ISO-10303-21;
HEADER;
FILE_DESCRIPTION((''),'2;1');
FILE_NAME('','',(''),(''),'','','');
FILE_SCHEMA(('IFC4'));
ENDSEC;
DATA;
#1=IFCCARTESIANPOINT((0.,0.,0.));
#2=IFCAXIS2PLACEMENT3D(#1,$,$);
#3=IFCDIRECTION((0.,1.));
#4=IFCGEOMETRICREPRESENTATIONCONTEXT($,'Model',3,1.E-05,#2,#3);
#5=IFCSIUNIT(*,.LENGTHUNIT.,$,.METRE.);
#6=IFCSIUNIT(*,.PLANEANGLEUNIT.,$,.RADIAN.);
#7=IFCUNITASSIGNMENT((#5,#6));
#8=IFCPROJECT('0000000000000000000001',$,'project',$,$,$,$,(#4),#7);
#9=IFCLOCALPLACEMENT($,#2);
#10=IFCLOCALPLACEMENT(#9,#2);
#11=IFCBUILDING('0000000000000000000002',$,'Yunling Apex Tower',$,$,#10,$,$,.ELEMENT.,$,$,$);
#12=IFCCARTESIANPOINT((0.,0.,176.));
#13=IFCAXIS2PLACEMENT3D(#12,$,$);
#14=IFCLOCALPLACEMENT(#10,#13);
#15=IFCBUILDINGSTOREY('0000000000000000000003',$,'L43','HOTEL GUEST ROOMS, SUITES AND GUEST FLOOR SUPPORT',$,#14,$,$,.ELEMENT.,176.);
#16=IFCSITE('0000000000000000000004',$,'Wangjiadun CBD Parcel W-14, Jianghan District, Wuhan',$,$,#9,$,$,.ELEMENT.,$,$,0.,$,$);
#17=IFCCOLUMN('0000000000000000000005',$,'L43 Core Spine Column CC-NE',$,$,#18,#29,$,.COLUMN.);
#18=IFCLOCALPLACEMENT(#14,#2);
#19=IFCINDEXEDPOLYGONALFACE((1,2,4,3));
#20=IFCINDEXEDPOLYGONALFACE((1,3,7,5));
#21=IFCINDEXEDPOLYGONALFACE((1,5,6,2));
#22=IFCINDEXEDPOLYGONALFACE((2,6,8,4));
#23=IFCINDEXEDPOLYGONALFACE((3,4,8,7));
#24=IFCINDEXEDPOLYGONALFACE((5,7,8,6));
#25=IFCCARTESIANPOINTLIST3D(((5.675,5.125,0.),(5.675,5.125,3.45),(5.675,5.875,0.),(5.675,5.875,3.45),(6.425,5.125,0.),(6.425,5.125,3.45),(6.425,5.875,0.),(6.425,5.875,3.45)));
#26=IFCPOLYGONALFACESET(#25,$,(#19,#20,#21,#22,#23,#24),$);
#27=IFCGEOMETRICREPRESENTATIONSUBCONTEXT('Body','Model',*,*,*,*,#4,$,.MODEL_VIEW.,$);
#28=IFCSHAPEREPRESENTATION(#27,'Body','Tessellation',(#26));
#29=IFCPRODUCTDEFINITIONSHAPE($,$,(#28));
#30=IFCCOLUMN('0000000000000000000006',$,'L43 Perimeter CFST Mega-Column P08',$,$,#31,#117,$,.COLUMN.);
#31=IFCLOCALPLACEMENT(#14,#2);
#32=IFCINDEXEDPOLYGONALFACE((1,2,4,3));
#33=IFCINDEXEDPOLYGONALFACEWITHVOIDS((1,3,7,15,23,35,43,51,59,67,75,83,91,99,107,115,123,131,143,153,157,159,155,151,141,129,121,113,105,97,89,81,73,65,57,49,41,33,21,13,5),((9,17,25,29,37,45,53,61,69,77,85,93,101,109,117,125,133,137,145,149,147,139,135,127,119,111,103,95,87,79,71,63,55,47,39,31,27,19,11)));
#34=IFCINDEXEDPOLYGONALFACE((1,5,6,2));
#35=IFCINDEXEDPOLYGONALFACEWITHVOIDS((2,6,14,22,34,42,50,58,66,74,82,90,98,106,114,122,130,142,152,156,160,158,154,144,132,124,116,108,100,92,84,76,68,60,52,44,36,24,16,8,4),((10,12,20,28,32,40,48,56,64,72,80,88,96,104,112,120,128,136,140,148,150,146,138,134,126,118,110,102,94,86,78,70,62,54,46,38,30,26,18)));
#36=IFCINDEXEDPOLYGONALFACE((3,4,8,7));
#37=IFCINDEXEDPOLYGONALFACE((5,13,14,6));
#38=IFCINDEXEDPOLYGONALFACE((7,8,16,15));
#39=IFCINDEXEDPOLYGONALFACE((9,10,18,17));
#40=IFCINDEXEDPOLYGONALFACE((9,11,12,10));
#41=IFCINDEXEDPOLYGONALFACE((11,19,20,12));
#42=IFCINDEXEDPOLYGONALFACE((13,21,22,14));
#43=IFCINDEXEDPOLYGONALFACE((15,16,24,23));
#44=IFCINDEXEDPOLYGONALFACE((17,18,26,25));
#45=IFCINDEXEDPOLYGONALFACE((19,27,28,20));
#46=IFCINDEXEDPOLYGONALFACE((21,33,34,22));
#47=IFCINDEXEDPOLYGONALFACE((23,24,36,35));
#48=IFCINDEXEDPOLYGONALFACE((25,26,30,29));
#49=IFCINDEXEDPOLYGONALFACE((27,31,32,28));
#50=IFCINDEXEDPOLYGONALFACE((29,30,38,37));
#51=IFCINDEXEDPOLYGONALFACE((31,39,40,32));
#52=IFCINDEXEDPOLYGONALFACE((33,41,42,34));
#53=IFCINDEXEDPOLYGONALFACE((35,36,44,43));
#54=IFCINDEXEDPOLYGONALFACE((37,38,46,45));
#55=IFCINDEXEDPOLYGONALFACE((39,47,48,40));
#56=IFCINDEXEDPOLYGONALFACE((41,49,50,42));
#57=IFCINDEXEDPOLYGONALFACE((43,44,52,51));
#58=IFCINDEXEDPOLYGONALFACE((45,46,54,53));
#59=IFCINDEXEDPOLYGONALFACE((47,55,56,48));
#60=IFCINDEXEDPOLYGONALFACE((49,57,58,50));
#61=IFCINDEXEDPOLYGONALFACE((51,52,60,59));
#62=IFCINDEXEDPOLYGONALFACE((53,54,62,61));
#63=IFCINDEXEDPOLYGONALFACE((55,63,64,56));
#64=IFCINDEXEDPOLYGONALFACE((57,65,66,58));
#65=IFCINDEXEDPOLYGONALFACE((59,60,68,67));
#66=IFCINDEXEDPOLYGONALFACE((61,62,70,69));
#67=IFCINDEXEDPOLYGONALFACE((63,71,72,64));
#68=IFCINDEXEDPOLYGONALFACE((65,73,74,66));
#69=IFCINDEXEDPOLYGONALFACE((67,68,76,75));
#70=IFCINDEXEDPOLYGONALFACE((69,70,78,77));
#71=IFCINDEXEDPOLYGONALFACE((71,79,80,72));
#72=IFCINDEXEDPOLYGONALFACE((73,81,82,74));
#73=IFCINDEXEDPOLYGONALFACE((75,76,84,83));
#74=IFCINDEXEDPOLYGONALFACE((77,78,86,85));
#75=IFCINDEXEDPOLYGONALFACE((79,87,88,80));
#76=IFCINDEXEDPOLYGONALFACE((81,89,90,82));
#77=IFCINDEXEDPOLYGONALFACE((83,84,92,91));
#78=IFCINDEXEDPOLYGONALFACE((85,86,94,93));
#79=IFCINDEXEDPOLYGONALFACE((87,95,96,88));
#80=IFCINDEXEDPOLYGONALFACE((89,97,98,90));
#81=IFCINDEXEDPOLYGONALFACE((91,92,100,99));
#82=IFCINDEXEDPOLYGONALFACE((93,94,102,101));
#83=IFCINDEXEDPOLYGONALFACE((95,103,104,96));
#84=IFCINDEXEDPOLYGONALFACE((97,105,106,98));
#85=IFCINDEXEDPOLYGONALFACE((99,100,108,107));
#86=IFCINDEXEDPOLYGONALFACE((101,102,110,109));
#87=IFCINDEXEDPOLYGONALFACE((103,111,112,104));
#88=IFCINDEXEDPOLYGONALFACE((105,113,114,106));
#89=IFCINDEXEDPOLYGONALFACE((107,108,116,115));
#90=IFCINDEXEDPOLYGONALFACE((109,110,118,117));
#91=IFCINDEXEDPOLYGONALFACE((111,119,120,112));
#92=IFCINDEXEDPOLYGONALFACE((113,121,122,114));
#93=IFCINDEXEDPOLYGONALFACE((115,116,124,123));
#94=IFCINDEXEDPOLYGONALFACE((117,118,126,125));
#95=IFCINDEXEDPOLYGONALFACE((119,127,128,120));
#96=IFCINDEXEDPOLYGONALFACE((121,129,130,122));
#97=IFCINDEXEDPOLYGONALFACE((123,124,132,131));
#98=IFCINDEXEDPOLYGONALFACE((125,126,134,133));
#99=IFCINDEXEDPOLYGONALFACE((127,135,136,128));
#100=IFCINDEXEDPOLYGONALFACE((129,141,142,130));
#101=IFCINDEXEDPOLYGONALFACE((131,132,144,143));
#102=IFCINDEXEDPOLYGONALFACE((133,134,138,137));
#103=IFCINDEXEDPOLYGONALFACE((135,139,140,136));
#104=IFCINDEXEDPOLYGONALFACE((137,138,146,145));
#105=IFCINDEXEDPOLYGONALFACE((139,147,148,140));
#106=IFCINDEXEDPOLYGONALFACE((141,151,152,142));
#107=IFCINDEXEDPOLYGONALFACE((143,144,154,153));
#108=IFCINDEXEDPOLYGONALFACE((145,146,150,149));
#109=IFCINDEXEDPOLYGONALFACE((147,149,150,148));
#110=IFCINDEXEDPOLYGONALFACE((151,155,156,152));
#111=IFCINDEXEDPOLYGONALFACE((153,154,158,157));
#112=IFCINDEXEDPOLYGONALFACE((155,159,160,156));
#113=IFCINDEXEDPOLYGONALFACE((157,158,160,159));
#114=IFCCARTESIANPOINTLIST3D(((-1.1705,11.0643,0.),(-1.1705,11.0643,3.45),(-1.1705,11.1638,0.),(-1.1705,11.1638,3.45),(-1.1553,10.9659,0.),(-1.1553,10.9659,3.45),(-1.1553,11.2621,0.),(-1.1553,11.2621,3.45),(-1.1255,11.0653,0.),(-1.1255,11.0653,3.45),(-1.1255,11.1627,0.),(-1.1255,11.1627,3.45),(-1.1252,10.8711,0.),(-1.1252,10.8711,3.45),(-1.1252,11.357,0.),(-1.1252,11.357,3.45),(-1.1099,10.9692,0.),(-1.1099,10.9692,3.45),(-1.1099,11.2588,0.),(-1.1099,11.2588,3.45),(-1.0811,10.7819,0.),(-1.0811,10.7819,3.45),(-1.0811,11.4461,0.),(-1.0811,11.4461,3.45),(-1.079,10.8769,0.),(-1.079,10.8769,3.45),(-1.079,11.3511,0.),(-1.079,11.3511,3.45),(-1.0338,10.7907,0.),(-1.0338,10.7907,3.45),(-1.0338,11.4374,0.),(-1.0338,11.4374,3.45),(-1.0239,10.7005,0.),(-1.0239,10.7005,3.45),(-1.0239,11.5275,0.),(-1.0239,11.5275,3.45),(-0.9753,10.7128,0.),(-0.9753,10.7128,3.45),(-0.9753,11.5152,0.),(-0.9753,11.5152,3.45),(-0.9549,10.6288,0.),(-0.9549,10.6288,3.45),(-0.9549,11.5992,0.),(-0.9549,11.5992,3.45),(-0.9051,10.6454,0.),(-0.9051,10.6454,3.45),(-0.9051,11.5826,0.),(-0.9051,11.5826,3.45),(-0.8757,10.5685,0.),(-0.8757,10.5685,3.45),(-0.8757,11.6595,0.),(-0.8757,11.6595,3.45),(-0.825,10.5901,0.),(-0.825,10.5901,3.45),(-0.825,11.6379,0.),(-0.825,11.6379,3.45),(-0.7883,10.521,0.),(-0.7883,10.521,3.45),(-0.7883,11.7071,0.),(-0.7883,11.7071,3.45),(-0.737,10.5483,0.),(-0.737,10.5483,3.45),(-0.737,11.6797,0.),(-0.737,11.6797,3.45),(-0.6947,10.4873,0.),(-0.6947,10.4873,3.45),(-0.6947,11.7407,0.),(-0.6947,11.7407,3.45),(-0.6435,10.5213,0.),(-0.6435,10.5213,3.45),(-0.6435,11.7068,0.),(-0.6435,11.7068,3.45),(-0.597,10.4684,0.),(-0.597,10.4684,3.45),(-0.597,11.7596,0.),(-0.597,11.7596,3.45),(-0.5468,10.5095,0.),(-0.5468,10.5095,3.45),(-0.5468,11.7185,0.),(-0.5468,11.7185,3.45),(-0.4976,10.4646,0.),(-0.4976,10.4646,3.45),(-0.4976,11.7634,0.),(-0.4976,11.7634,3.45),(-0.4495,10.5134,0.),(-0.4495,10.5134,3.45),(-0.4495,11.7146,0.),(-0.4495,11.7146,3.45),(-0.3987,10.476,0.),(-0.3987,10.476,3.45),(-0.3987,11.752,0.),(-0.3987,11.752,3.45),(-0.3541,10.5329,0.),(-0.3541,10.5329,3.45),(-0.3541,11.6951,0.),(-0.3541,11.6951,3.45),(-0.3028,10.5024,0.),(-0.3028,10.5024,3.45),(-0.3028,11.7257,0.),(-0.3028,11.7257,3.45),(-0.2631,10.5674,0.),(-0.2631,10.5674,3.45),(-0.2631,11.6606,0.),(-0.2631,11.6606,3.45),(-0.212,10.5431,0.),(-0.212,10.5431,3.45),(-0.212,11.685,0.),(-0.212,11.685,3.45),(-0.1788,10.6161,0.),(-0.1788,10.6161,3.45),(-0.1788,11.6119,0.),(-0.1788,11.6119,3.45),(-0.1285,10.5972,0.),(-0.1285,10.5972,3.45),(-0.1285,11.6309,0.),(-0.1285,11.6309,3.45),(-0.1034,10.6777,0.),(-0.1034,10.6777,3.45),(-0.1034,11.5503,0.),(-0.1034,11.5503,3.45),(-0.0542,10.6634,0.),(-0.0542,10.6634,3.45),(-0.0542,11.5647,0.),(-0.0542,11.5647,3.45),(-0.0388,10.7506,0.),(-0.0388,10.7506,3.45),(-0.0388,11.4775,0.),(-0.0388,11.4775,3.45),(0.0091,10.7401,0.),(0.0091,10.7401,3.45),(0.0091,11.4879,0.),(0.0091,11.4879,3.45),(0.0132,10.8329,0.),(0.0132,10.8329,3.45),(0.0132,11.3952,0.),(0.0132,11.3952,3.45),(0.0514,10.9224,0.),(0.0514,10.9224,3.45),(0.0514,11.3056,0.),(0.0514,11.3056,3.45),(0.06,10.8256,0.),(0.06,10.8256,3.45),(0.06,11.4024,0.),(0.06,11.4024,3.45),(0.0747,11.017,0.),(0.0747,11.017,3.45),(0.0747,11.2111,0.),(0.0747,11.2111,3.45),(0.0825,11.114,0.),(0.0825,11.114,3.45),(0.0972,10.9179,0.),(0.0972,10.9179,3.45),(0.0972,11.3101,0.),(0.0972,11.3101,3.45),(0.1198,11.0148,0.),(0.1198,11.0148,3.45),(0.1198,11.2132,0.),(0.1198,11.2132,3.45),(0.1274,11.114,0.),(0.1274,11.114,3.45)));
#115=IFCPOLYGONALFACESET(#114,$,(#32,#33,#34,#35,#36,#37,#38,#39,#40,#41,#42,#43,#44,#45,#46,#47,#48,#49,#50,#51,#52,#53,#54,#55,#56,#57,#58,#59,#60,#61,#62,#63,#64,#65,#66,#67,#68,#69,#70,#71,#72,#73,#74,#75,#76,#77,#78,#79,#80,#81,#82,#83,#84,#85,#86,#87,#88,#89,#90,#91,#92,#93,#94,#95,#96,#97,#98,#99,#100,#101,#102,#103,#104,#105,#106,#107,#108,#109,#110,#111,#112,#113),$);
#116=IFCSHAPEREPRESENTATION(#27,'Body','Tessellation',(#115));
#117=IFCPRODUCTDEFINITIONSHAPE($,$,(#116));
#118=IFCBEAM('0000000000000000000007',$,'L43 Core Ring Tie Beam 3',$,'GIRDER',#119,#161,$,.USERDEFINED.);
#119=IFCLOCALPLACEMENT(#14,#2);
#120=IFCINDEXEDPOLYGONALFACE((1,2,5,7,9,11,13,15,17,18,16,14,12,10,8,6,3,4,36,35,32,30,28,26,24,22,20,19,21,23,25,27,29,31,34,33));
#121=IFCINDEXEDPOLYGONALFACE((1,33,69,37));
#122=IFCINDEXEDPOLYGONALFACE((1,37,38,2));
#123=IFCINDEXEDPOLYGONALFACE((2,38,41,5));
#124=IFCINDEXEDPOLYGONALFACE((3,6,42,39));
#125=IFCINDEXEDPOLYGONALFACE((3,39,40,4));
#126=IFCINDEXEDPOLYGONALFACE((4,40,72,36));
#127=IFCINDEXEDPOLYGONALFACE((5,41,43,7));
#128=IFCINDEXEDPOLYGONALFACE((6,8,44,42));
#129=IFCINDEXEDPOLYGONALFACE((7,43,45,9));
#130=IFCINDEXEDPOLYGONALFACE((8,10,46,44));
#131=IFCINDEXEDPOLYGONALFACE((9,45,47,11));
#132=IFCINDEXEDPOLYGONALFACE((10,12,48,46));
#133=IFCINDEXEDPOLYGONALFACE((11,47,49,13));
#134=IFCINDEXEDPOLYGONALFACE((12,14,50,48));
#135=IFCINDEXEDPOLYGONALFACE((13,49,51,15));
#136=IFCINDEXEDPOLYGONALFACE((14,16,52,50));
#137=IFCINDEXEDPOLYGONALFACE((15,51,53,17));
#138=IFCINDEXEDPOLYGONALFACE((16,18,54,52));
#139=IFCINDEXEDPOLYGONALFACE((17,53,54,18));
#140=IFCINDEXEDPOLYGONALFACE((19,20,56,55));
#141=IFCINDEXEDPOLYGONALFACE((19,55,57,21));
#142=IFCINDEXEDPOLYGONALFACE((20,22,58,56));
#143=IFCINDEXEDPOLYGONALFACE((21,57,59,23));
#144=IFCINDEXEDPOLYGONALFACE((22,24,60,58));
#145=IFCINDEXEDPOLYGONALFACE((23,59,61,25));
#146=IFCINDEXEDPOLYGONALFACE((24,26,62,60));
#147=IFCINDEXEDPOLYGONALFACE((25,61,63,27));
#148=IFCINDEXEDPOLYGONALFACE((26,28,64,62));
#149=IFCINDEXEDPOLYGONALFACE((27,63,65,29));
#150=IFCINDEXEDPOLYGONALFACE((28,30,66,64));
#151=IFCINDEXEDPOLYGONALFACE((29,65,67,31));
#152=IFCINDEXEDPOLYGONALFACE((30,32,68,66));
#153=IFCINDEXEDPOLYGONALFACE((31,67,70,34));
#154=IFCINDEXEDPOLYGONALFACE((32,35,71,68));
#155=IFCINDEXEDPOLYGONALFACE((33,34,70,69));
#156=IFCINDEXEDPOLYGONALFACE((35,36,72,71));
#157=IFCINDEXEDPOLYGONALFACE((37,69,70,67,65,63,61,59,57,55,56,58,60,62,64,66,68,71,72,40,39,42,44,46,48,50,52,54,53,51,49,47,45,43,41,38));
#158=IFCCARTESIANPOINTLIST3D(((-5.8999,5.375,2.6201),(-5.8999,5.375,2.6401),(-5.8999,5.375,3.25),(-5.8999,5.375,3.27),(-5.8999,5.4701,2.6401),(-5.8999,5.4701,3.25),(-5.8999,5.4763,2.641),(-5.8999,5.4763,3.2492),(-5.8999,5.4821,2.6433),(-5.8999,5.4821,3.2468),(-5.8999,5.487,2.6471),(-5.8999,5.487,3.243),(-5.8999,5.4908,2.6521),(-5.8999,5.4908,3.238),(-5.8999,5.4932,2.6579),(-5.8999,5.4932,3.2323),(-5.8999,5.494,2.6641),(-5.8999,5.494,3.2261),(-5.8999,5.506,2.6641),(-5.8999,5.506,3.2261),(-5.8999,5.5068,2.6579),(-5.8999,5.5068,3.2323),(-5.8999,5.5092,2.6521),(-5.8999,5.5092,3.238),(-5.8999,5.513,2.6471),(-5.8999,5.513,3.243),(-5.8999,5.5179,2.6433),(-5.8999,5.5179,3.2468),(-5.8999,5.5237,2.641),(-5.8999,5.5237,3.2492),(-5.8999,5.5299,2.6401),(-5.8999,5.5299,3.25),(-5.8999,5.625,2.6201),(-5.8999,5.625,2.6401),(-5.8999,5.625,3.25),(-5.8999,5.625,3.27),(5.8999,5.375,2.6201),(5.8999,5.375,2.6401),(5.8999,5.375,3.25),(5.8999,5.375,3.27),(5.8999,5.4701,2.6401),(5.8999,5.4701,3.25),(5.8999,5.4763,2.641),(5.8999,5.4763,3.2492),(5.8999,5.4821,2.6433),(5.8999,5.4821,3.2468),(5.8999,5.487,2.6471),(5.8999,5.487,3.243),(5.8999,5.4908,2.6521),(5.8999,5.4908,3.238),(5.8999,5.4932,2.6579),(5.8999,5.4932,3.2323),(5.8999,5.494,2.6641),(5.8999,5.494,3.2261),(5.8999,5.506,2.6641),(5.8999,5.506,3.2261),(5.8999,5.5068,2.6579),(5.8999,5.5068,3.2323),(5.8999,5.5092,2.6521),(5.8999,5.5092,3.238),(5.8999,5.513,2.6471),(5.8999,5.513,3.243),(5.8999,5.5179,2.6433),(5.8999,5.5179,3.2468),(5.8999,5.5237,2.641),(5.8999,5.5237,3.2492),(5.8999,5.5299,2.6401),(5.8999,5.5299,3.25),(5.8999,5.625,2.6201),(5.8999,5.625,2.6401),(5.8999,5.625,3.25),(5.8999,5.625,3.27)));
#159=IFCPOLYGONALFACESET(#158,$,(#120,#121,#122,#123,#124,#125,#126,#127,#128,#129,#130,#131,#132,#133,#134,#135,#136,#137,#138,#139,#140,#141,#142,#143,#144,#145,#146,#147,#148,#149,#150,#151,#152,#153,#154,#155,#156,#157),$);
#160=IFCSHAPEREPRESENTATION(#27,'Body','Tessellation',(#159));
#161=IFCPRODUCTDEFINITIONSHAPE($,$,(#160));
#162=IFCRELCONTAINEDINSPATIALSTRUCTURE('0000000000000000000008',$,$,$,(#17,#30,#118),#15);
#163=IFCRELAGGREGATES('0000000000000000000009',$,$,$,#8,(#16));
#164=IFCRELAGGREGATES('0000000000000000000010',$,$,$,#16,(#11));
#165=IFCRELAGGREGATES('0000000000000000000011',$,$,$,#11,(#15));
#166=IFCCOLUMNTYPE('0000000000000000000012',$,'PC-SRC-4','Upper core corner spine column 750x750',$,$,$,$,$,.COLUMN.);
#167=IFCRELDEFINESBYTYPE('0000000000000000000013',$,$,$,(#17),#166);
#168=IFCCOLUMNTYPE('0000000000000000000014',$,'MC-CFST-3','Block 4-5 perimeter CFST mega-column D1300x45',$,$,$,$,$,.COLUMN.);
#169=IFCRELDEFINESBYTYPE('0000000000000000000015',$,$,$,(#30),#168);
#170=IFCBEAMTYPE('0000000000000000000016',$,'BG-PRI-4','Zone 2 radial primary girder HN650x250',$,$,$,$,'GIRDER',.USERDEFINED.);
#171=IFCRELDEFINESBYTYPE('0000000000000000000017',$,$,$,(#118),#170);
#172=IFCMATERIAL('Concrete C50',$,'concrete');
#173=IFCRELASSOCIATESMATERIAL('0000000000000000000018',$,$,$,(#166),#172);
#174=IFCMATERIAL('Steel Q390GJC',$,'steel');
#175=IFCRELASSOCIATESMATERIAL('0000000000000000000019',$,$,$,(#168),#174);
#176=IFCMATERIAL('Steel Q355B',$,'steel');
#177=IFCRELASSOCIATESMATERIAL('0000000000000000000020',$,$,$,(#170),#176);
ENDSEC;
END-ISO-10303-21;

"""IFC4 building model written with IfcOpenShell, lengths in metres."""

from ifc_helpers import new_model, si_unit, direction, frame, origin, origin_2d, place, context, subcontext, project, spatial, rectangle, hollow_circle, i_section, extrude, source, transform, mapped, material, material_profile, profile_set, type_object, element, save


model = new_model("IFC4")

# Units and contexts
model_context = context("Model", 3, precision=1e-05, world=origin(), true_north=direction((0.0, 1.0)))
body_context = subcontext(model_context, "Body", "Model", "MODEL_VIEW")
ifc_project = project(units=[si_unit("LENGTHUNIT", "METRE"), si_unit("PLANEANGLEUNIT", "RADIAN")], contexts=[model_context])

# Site, building, storey
site_placement = place(None, origin())
site = spatial("IfcSite", under=ifc_project, at=site_placement, Name="Wangjiadun CBD Parcel W-14, Jianghan District, Wuhan", CompositionType="ELEMENT", RefElevation=0.0)
building_placement = place(site_placement, origin())
building = spatial("IfcBuilding", under=site, at=building_placement, Name="Yunling Apex Tower", CompositionType="ELEMENT")
storey_placement = place(building_placement, frame((0.0, 0.0, 176.0)))
storey = spatial("IfcBuildingStorey", under=building, at=storey_placement, Name="L43", Description="HOTEL GUEST ROOMS, SUITES AND GUEST FLOOR SUPPORT", CompositionType="ELEMENT", Elevation=176.0)

# Columns
ifc_material_1 = material(Name="Concrete C50", Category="concrete")
ifc_material_profile_1 = material_profile(ifc_material_1, rectangle(XDim=0.75, YDim=0.75, at=origin_2d()))
ifc_profile_set_1 = profile_set([ifc_material_profile_1], Name="Concrete C50")
column_type_1 = type_object("IfcColumnType", Name="PC-SRC-4", Description="Upper core corner spine column 750x750", PredefinedType="COLUMN", material=ifc_profile_set_1)
shared_shape_1 = source(origin(), body_context, "Body", "SweptSolid", [
    extrude(rectangle(XDim=0.75, YDim=0.75, at=origin_2d()), origin(), (0.0, 0.0, 1.0), 3.45),
])
column_1_placement = place(storey_placement, frame((6.05, 5.5, 0.0), z_axis=(0.0, 0.0, 1.0), x_axis=(1.0, 0.0, 0.0)))
element("IfcColumn", 1, at=column_1_placement, inside=storey, type_object=column_type_1, Name="L43 Core Spine Column CC-NE", PredefinedType="COLUMN", context=body_context, shape_type="MappedRepresentation", body=[
    mapped(shared_shape_1, transform((0.0, 0.0, 0.0), scale=1.0)),
])
ifc_material_2 = material(Name="Steel Q390GJC", Category="steel")
ifc_material_profile_2 = material_profile(ifc_material_2, hollow_circle(Radius=0.6499, WallThickness=0.0449, at=origin_2d()))
ifc_profile_set_2 = profile_set([ifc_material_profile_2], Name="Steel Q390GJC")
column_type_2 = type_object("IfcColumnType", Name="MC-CFST-3", Description="Block 4-5 perimeter CFST mega-column D1300x45", PredefinedType="COLUMN", material=ifc_profile_set_2)
shared_shape_2 = source(origin(), body_context, "Body", "SweptSolid", [
    extrude(hollow_circle(Radius=0.6499, WallThickness=0.0449, at=origin_2d()), origin(), (0.0, 0.0, 1.0), 3.45),
])
column_2_placement = place(storey_placement, frame((-0.5225, 11.114, 0.0), z_axis=(0.0, 0.0, 1.0), x_axis=(1.0, 0.0, 0.0)))
element("IfcColumn", 2, at=column_2_placement, inside=storey, type_object=column_type_2, Name="L43 Perimeter CFST Mega-Column P08", PredefinedType="COLUMN", context=body_context, shape_type="MappedRepresentation", body=[
    mapped(shared_shape_2, transform((0.0, 0.0, 0.0), scale=1.0)),
])

# Beam
ifc_material_3 = material(Name="Steel Q355B", Category="steel")
ifc_material_profile_3 = material_profile(ifc_material_3, i_section(OverallWidth=0.25, OverallDepth=0.6499, WebThickness=0.012, FlangeThickness=0.02, FilletRadius=0.0239, at=origin_2d()))
ifc_profile_set_3 = profile_set([ifc_material_profile_3], Name="Steel Q355B")
beam_type_1 = type_object("IfcBeamType", Name="BG-PRI-4", Description="Zone 2 radial primary girder HN650x250", ElementType="GIRDER", PredefinedType="USERDEFINED", material=ifc_profile_set_3)
shared_shape_3 = source(origin(), body_context, "Body", "SweptSolid", [
    extrude(i_section(OverallWidth=0.25, OverallDepth=0.6499, WebThickness=0.012, FlangeThickness=0.02, FilletRadius=0.0239, at=origin_2d()), origin(), (0.0, 0.0, 1.0), 11.7998),
])
beam_1_placement = place(storey_placement, frame((5.8999, 5.5, 2.9451), z_axis=(-1.0, 0.0, 0.0), x_axis=(0.0, -1.0, 0.0)))
element("IfcBeam", 3, at=beam_1_placement, inside=storey, type_object=beam_type_1, Name="L43 Core Ring Tie Beam 3", ObjectType="GIRDER", PredefinedType="USERDEFINED", context=body_context, shape_type="MappedRepresentation", body=[
    mapped(shared_shape_3, transform((0.0, 0.0, 0.0), scale=1.0)),
])

save(model, "model.ifc")
